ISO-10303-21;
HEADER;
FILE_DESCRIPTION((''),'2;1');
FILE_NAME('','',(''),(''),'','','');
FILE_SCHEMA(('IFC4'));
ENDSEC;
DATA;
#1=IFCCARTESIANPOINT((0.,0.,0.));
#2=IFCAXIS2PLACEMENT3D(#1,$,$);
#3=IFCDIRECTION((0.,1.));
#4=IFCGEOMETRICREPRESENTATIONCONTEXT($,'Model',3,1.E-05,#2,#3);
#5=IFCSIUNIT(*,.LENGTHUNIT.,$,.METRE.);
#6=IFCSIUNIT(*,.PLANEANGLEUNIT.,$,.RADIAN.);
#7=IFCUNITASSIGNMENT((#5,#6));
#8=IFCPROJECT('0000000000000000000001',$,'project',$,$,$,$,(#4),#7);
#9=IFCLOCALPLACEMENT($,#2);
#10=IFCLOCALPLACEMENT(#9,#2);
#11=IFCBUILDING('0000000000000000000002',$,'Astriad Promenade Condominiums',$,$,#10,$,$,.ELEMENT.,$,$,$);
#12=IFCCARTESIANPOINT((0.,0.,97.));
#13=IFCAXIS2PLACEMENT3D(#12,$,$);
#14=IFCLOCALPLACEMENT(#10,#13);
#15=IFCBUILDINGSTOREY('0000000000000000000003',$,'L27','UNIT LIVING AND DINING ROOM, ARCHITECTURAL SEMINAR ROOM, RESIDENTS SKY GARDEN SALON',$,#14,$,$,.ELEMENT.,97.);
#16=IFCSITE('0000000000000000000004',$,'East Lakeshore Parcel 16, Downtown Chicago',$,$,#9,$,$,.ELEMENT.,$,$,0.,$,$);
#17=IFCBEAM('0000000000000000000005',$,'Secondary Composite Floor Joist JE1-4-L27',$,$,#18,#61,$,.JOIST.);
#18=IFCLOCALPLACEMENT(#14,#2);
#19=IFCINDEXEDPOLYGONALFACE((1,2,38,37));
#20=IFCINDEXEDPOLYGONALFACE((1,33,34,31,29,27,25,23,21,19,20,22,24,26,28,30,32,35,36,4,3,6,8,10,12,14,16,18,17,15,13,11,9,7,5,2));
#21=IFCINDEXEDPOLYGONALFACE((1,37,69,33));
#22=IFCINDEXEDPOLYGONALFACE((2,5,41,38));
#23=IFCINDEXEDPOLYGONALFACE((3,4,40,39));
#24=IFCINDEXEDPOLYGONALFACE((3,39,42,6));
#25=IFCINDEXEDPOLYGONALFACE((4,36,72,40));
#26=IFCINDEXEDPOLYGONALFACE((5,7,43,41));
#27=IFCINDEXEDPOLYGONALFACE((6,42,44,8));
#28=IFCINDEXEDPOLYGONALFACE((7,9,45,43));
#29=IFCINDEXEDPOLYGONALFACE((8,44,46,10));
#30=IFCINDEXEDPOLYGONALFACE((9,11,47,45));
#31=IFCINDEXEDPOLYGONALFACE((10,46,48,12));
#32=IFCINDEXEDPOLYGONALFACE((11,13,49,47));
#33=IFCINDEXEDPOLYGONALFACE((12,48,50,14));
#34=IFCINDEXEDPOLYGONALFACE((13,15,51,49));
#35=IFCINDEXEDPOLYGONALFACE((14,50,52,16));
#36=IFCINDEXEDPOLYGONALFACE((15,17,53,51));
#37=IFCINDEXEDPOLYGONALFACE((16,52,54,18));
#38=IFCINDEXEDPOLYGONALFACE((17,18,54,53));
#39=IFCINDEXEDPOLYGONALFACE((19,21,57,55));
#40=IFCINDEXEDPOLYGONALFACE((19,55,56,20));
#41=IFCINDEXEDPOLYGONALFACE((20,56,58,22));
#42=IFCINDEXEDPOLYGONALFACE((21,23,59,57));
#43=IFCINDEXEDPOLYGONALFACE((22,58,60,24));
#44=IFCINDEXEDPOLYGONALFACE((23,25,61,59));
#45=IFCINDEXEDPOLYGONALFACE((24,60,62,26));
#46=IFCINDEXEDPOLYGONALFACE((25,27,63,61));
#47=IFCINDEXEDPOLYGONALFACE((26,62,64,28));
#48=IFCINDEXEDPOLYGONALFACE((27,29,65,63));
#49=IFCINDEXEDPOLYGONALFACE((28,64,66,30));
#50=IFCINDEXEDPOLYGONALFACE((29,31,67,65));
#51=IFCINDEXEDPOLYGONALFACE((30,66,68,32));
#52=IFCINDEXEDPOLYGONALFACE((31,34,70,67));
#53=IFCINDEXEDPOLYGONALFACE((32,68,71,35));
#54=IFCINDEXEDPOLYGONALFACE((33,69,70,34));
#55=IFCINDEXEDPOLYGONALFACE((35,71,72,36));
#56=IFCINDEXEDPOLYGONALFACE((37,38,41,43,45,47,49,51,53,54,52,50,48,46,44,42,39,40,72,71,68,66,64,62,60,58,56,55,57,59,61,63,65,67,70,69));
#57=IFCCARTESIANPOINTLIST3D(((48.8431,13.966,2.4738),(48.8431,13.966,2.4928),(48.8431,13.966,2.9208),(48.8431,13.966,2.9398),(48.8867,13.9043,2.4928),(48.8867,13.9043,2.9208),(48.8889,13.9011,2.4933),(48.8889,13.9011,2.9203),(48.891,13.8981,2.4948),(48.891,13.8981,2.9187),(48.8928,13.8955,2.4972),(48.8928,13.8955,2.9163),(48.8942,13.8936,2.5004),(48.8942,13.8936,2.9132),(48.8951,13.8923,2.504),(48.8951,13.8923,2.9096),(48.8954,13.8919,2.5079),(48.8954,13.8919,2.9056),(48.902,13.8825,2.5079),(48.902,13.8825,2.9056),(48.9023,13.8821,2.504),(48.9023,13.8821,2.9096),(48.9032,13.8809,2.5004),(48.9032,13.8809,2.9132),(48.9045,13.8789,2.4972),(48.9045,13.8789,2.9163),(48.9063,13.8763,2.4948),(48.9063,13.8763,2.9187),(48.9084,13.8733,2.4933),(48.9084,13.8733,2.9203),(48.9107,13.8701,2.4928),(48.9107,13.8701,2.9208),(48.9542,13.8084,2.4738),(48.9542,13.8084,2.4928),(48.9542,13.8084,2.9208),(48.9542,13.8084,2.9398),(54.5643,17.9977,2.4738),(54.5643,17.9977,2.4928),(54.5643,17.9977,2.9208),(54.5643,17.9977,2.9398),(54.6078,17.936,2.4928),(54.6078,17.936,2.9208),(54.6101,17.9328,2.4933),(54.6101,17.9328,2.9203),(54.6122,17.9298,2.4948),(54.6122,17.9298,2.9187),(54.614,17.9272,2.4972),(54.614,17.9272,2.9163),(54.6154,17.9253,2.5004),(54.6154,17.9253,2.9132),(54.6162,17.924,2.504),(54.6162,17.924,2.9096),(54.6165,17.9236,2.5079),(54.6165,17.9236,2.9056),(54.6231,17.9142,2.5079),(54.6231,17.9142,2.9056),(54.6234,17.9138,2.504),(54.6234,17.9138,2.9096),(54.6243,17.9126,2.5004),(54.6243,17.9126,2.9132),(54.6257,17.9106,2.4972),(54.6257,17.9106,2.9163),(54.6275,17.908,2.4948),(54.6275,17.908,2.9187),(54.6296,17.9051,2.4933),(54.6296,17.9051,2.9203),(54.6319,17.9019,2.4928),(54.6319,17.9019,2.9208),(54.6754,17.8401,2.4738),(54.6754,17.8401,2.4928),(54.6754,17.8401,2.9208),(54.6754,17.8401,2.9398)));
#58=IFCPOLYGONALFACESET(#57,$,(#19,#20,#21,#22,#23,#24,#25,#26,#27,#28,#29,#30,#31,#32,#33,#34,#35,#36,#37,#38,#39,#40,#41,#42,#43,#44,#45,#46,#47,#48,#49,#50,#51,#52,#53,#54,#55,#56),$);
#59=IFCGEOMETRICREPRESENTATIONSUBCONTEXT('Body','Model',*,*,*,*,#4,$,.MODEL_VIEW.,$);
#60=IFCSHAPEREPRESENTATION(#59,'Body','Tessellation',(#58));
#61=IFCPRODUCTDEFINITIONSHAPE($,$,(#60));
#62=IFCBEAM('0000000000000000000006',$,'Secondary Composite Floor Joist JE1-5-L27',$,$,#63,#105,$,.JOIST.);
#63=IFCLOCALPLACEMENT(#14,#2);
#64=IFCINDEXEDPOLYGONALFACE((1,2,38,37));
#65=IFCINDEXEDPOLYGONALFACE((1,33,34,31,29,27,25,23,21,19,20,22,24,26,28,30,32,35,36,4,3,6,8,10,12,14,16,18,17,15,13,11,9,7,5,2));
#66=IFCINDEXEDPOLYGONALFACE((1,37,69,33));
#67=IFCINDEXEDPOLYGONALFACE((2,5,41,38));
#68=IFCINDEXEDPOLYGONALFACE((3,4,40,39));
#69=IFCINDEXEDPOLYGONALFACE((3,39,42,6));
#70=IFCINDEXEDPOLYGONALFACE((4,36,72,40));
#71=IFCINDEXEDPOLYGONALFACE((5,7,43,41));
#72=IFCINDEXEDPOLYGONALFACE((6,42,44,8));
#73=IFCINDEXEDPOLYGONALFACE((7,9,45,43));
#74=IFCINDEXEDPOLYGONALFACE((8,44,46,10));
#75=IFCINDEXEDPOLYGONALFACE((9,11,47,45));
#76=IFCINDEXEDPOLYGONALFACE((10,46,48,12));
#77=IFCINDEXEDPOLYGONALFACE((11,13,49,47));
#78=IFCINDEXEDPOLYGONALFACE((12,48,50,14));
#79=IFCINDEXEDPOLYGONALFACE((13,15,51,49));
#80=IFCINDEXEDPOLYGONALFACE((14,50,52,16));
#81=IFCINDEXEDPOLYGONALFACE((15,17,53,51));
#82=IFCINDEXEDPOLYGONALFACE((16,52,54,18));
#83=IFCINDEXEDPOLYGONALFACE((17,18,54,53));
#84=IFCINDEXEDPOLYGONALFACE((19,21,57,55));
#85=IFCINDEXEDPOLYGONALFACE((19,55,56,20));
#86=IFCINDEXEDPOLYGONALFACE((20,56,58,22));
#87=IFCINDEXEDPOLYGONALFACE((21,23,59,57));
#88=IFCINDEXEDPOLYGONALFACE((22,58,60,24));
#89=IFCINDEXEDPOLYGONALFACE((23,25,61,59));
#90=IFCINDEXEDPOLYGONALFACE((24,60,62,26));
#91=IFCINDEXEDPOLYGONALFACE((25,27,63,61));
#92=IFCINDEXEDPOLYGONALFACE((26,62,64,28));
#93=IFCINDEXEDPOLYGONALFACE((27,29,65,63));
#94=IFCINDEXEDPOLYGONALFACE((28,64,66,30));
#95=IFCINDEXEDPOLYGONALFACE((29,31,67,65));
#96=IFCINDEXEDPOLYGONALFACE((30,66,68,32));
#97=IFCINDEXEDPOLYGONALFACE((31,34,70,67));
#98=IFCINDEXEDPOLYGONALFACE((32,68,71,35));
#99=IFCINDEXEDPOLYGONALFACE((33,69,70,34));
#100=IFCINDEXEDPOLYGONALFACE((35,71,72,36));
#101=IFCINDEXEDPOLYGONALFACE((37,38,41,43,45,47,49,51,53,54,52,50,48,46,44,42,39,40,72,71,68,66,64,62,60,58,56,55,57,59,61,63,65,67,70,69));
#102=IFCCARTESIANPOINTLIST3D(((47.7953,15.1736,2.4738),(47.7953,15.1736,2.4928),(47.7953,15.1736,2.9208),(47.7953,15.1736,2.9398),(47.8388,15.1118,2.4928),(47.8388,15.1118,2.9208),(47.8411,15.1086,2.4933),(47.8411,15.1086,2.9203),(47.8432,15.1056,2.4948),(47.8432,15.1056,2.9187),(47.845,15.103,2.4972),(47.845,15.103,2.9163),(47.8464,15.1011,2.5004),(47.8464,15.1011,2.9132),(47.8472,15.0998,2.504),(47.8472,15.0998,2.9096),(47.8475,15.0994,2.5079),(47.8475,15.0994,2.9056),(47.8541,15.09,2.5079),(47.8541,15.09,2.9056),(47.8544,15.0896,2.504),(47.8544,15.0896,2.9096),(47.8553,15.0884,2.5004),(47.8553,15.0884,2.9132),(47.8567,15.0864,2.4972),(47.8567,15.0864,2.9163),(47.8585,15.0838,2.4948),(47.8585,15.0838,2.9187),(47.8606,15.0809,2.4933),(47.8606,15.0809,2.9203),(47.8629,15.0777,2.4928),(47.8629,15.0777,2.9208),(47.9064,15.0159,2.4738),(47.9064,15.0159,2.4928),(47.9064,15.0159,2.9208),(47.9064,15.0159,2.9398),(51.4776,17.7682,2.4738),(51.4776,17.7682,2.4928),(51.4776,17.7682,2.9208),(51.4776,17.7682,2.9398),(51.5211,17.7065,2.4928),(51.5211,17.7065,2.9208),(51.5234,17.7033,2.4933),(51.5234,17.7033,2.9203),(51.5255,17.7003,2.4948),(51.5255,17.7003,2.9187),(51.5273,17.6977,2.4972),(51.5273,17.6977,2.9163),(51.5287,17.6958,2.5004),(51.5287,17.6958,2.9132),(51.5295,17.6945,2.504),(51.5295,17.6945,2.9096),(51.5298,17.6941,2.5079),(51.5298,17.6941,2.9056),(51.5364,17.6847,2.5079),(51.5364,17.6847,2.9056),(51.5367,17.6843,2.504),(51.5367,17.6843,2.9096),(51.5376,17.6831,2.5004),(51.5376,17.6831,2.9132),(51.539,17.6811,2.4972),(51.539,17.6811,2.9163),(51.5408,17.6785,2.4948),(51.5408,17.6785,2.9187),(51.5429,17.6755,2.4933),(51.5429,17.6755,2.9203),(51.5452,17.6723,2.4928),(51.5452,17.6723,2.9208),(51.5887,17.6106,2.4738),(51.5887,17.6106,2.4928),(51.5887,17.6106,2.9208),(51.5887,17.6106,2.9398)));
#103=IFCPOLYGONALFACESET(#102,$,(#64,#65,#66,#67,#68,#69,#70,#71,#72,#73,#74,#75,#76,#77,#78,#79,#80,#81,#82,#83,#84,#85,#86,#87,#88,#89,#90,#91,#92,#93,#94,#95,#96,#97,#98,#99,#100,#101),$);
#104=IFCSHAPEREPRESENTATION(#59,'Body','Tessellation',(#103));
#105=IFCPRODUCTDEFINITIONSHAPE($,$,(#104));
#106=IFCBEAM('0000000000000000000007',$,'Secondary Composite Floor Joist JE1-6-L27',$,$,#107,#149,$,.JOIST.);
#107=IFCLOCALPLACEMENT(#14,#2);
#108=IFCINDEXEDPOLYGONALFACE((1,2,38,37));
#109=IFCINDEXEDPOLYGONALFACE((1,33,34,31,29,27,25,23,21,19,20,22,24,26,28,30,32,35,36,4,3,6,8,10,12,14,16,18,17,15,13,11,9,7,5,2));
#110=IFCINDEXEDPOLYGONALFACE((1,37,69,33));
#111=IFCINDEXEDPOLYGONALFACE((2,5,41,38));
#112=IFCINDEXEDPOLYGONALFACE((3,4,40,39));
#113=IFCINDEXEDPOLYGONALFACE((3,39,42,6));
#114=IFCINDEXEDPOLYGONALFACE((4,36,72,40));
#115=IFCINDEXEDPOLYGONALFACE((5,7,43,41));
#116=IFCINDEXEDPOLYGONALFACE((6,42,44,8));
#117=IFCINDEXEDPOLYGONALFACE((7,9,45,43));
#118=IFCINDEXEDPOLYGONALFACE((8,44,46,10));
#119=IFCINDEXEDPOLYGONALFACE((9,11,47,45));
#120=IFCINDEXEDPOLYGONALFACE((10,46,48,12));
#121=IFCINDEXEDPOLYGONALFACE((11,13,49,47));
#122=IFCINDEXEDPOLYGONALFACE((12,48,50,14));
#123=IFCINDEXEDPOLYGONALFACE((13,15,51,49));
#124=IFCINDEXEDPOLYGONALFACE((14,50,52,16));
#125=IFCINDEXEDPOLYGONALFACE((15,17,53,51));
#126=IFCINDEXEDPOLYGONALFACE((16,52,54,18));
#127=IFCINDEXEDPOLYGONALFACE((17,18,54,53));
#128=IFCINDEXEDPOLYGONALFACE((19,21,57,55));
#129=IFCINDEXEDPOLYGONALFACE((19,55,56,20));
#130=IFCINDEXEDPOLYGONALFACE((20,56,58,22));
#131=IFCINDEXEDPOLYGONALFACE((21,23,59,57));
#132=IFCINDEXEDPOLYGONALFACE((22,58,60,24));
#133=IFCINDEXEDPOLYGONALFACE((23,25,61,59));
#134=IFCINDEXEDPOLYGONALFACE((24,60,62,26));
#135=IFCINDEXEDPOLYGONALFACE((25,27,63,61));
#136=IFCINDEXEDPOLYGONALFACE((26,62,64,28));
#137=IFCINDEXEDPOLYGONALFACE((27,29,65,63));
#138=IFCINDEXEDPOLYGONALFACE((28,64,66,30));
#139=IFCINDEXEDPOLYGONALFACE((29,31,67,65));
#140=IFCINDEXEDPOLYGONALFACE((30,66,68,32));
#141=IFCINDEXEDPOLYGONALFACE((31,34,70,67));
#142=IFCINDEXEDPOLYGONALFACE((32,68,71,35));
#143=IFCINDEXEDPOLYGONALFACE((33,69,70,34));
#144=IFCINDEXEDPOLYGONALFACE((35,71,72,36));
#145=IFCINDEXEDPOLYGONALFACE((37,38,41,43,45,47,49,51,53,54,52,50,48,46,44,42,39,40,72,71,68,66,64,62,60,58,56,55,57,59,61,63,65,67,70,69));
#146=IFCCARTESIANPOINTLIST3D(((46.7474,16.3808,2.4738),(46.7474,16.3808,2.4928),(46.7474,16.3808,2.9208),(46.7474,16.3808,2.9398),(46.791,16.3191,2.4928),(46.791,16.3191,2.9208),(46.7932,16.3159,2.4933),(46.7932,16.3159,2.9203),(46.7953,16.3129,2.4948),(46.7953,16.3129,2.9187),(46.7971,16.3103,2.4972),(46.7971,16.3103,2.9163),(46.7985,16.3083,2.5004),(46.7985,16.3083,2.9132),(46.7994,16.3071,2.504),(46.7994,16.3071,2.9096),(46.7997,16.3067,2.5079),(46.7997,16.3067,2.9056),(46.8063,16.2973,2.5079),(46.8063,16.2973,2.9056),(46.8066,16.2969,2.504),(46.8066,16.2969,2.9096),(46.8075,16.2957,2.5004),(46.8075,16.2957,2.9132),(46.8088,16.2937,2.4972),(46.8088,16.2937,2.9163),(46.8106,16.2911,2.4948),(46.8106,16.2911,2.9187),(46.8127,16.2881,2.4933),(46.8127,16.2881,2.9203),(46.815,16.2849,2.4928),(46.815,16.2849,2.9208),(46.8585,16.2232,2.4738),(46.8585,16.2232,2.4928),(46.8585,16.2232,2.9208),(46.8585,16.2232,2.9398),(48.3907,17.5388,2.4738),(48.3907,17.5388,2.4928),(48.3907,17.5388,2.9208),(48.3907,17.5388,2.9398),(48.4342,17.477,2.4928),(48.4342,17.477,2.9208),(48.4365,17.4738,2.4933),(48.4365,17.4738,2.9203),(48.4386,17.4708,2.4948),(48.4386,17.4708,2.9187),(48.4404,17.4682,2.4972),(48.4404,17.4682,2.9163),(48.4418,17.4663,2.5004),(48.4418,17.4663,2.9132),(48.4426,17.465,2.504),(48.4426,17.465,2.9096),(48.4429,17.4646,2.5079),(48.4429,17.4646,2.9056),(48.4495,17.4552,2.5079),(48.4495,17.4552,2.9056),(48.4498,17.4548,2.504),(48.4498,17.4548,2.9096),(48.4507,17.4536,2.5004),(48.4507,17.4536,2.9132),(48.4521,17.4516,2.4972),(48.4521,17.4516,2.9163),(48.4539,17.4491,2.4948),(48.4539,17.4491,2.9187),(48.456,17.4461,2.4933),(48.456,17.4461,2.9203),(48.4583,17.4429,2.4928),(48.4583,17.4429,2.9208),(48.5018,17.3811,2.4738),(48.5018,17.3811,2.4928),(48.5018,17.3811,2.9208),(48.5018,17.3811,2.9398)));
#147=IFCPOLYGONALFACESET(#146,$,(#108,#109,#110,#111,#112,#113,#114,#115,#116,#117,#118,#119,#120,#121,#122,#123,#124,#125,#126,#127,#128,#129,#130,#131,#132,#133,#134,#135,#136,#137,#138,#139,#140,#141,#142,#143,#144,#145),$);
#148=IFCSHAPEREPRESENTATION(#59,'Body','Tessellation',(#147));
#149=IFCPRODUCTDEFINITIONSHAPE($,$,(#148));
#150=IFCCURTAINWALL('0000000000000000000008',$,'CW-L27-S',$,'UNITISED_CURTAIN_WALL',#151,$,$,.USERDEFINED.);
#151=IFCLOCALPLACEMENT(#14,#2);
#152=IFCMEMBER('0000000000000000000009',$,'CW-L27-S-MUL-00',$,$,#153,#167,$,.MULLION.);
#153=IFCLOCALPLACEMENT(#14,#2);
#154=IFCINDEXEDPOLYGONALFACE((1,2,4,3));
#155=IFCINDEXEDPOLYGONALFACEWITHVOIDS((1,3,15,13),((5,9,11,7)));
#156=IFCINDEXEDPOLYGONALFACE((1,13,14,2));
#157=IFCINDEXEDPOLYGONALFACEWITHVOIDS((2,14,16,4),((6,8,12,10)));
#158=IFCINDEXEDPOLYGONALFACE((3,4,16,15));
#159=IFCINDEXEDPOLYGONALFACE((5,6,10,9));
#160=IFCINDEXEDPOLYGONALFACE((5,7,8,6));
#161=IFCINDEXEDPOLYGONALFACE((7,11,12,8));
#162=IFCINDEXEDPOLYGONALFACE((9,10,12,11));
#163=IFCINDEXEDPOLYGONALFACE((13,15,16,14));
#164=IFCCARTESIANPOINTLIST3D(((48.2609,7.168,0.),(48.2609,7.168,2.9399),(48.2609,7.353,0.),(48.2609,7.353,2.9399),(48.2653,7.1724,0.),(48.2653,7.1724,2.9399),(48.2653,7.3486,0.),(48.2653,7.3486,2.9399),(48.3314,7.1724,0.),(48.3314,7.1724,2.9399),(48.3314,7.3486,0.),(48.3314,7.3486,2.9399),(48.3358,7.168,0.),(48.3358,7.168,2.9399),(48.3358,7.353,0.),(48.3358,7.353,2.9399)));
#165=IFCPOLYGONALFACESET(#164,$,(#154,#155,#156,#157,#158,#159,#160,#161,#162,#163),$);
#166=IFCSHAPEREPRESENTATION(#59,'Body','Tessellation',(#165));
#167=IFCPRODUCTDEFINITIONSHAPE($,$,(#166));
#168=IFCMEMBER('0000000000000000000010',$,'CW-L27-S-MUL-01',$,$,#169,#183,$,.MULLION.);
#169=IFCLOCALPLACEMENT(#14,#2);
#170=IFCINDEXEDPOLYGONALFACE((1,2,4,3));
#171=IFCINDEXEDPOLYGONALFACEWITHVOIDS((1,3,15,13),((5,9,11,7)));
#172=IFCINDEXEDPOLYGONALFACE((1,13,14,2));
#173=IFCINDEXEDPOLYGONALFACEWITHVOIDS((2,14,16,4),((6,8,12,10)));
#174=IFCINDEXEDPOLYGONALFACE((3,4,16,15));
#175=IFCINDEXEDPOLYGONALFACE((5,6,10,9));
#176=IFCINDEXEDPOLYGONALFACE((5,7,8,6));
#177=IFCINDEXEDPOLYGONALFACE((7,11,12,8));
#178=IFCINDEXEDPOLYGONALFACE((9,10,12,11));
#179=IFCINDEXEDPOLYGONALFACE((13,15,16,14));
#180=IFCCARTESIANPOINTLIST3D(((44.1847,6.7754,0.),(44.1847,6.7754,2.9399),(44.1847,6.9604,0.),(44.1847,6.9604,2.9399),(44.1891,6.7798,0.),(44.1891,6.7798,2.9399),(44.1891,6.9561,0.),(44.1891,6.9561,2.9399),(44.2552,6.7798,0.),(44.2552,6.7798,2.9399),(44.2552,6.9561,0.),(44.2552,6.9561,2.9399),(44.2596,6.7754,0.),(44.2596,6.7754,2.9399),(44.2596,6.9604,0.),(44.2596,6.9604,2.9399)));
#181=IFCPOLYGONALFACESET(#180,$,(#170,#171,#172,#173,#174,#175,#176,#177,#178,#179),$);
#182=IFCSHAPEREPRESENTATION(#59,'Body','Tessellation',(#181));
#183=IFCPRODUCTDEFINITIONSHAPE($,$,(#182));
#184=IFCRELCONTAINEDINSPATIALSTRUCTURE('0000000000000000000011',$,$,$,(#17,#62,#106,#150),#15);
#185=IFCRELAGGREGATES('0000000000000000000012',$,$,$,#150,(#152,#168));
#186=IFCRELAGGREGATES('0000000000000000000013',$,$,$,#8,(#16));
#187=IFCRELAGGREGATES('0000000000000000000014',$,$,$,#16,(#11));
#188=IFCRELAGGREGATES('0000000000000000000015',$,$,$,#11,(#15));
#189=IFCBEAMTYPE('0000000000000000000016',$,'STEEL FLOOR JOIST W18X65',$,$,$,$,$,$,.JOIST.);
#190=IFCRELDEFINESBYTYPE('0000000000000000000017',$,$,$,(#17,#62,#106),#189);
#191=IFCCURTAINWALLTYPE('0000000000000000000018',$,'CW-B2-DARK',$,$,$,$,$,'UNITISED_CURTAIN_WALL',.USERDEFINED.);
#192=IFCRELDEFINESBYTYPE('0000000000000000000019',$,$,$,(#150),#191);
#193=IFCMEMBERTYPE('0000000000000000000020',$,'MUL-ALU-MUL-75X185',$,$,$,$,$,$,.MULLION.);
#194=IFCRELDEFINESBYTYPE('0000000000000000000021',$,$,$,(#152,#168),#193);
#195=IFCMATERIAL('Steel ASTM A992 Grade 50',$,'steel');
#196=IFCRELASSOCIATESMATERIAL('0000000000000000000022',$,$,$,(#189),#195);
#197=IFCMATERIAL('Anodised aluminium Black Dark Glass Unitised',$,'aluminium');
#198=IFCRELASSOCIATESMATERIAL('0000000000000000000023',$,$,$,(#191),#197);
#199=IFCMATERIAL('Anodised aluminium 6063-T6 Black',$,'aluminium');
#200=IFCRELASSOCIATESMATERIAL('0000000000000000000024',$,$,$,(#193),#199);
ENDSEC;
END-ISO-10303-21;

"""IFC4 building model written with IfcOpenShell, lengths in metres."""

from ifc_helpers import new_model, si_unit, direction, frame, origin, origin_2d, place, context, subcontext, project, spatial, hollow_rectangle, i_section, extrude, source, transform, mapped, material, material_profile, profile_set, type_object, type_shapes, element, aggregate, save


model = new_model("IFC4")

# Units and contexts
model_context = context("Model", 3, precision=1e-05, world=origin(), true_north=direction((0.0, 1.0)))
body_context = subcontext(model_context, "Body", "Model", "MODEL_VIEW")
ifc_project = project(units=[si_unit("LENGTHUNIT", "METRE"), si_unit("PLANEANGLEUNIT", "RADIAN")], contexts=[model_context])

# Site, building, storey
site_placement = place(None, origin())
site = spatial("IfcSite", under=ifc_project, at=site_placement, Name="East Lakeshore Parcel 16, Downtown Chicago", CompositionType="ELEMENT", RefElevation=0.0)
building_placement = place(site_placement, origin())
building = spatial("IfcBuilding", under=site, at=building_placement, Name="Astriad Promenade Condominiums", CompositionType="ELEMENT")
storey_placement = place(building_placement, frame((0.0, 0.0, 97.0)))
storey = spatial("IfcBuildingStorey", under=building, at=storey_placement, Name="L27", Description="UNIT LIVING AND DINING ROOM, ARCHITECTURAL SEMINAR ROOM, RESIDENTS SKY GARDEN SALON", CompositionType="ELEMENT", Elevation=97.0)

# Beams
ifc_material_1 = material(Name="Steel ASTM A992 Grade 50", Category="steel")
ifc_material_profile_1 = material_profile(ifc_material_1, i_section(OverallWidth=0.1929, OverallDepth=0.4661, WebThickness=0.0115, FlangeThickness=0.019, FilletRadius=0.0151, at=origin_2d()), Name="W18X65")
ifc_profile_set_1 = profile_set([ifc_material_profile_1], Name="Steel ASTM A992 Grade 50")
beam_type = type_object("IfcBeamType", Name="STEEL FLOOR JOIST W18X65", PredefinedType="JOIST", material=ifc_profile_set_1)
shared_shape_1 = source(origin(), body_context, "Body", "SweptSolid", [
    extrude(i_section(OverallWidth=0.1929, OverallDepth=0.4661, WebThickness=0.0115, FlangeThickness=0.019, FilletRadius=0.0151, at=origin_2d()), origin(), (0.0, 0.0, 1.0), 6.999),
])
beam_1_placement = place(storey_placement, frame((48.8987, 13.8872, 2.7068), z_axis=(0.817422, 0.576039, 0.0), x_axis=(-0.576039, 0.817422, 0.0)))
element("IfcBeam", 1, at=beam_1_placement, inside=storey, type_object=beam_type, Name="Secondary Composite Floor Joist JE1-4-L27", PredefinedType="JOIST", context=body_context, shape_type="MappedRepresentation", body=[
    mapped(shared_shape_1, transform((0.0, 0.0, 0.0), scale=1.0)),
])
shared_shape_2 = source(origin(), body_context, "Body", "SweptSolid", [
    extrude(i_section(OverallWidth=0.1929, OverallDepth=0.4661, WebThickness=0.0115, FlangeThickness=0.019, FilletRadius=0.0151, at=origin_2d()), origin(), (0.0, 0.0, 1.0), 4.5046),
])
beam_2_placement = place(storey_placement, frame((47.8508, 15.0947, 2.7068), z_axis=(0.817448, 0.576002, 0.0), x_axis=(-0.576002, 0.817448, 0.0)))
element("IfcBeam", 2, at=beam_2_placement, inside=storey, type_object=beam_type, Name="Secondary Composite Floor Joist JE1-5-L27", PredefinedType="JOIST", context=body_context, shape_type="MappedRepresentation", body=[
    mapped(shared_shape_2, transform((0.0, 0.0, 0.0), scale=1.0)),
])
shared_shape_3 = source(origin(), body_context, "Body", "SweptSolid", [
    extrude(i_section(OverallWidth=0.1929, OverallDepth=0.4661, WebThickness=0.0115, FlangeThickness=0.019, FilletRadius=0.0151, at=origin_2d()), origin(), (0.0, 0.0, 1.0), 2.0103),
])
type_shapes(beam_type, [shared_shape_1, shared_shape_2, shared_shape_3])
beam_3_placement = place(storey_placement, frame((46.803, 16.302, 2.7068), z_axis=(0.817442, 0.576011, 0.0), x_axis=(-0.576011, 0.817442, 0.0)))
element("IfcBeam", 3, at=beam_3_placement, inside=storey, type_object=beam_type, Name="Secondary Composite Floor Joist JE1-6-L27", PredefinedType="JOIST", context=body_context, shape_type="MappedRepresentation", body=[
    mapped(shared_shape_3, transform((0.0, 0.0, 0.0), scale=1.0)),
])

# Curtain wall, members
ifc_material_2 = material(Name="Anodised aluminium Black Dark Glass Unitised", Category="aluminium")
curtain_wall_type = type_object("IfcCurtainWallType", Name="CW-B2-DARK", ElementType="UNITISED_CURTAIN_WALL", PredefinedType="USERDEFINED", material=ifc_material_2)
curtain_wall_placement = place(storey_placement, origin())
curtain_wall = element("IfcCurtainWall", 4, at=curtain_wall_placement, inside=storey, type_object=curtain_wall_type, Name="CW-L27-S", ObjectType="UNITISED_CURTAIN_WALL", PredefinedType="USERDEFINED")
ifc_material_3 = material(Name="Anodised aluminium 6063-T6 Black", Category="aluminium")
ifc_material_profile_2 = material_profile(ifc_material_3, hollow_rectangle(XDim=0.075, YDim=0.1851, WallThickness=0.0044, at=origin_2d()), Name="ALU-MUL-75X185")
ifc_profile_set_2 = profile_set([ifc_material_profile_2], Name="Anodised aluminium 6063-T6 Black")
member_type_1 = type_object("IfcMemberType", Name="MUL-ALU-MUL-75X185", PredefinedType="MULLION", material=ifc_profile_set_2)
shared_shape_4 = source(origin(), body_context, "Body", "SweptSolid", [
    extrude(hollow_rectangle(XDim=0.075, YDim=0.1851, WallThickness=0.0044, at=origin_2d()), origin(), (0.0, 0.0, 1.0), 2.9399),
])
type_shapes(member_type_1, [shared_shape_4])
member_1_placement = place(storey_placement, frame((48.2983, 7.2605, 0.0), z_axis=(0.0, 0.0, 1.0), x_axis=(1.0, 0.0, 0.0)))
member_1 = element("IfcMember", 5, at=member_1_placement, type_object=member_type_1, Name="CW-L27-S-MUL-00", PredefinedType="MULLION", context=body_context, shape_type="MappedRepresentation", body=[
    mapped(shared_shape_4, transform((0.0, 0.0, 0.0), scale=1.0)),
])
member_2_placement = place(storey_placement, frame((44.2222, 6.8679, 0.0), z_axis=(0.0, 0.0, 1.0), x_axis=(1.0, 0.0, 0.0)))
member_2 = element("IfcMember", 6, at=member_2_placement, type_object=member_type_1, Name="CW-L27-S-MUL-01", PredefinedType="MULLION", context=body_context, shape_type="MappedRepresentation", body=[
    mapped(shared_shape_4, transform((0.0, 0.0, 0.0), scale=1.0)),
])
aggregate(curtain_wall, [member_1, member_2])

save(model, "model.ifc")
